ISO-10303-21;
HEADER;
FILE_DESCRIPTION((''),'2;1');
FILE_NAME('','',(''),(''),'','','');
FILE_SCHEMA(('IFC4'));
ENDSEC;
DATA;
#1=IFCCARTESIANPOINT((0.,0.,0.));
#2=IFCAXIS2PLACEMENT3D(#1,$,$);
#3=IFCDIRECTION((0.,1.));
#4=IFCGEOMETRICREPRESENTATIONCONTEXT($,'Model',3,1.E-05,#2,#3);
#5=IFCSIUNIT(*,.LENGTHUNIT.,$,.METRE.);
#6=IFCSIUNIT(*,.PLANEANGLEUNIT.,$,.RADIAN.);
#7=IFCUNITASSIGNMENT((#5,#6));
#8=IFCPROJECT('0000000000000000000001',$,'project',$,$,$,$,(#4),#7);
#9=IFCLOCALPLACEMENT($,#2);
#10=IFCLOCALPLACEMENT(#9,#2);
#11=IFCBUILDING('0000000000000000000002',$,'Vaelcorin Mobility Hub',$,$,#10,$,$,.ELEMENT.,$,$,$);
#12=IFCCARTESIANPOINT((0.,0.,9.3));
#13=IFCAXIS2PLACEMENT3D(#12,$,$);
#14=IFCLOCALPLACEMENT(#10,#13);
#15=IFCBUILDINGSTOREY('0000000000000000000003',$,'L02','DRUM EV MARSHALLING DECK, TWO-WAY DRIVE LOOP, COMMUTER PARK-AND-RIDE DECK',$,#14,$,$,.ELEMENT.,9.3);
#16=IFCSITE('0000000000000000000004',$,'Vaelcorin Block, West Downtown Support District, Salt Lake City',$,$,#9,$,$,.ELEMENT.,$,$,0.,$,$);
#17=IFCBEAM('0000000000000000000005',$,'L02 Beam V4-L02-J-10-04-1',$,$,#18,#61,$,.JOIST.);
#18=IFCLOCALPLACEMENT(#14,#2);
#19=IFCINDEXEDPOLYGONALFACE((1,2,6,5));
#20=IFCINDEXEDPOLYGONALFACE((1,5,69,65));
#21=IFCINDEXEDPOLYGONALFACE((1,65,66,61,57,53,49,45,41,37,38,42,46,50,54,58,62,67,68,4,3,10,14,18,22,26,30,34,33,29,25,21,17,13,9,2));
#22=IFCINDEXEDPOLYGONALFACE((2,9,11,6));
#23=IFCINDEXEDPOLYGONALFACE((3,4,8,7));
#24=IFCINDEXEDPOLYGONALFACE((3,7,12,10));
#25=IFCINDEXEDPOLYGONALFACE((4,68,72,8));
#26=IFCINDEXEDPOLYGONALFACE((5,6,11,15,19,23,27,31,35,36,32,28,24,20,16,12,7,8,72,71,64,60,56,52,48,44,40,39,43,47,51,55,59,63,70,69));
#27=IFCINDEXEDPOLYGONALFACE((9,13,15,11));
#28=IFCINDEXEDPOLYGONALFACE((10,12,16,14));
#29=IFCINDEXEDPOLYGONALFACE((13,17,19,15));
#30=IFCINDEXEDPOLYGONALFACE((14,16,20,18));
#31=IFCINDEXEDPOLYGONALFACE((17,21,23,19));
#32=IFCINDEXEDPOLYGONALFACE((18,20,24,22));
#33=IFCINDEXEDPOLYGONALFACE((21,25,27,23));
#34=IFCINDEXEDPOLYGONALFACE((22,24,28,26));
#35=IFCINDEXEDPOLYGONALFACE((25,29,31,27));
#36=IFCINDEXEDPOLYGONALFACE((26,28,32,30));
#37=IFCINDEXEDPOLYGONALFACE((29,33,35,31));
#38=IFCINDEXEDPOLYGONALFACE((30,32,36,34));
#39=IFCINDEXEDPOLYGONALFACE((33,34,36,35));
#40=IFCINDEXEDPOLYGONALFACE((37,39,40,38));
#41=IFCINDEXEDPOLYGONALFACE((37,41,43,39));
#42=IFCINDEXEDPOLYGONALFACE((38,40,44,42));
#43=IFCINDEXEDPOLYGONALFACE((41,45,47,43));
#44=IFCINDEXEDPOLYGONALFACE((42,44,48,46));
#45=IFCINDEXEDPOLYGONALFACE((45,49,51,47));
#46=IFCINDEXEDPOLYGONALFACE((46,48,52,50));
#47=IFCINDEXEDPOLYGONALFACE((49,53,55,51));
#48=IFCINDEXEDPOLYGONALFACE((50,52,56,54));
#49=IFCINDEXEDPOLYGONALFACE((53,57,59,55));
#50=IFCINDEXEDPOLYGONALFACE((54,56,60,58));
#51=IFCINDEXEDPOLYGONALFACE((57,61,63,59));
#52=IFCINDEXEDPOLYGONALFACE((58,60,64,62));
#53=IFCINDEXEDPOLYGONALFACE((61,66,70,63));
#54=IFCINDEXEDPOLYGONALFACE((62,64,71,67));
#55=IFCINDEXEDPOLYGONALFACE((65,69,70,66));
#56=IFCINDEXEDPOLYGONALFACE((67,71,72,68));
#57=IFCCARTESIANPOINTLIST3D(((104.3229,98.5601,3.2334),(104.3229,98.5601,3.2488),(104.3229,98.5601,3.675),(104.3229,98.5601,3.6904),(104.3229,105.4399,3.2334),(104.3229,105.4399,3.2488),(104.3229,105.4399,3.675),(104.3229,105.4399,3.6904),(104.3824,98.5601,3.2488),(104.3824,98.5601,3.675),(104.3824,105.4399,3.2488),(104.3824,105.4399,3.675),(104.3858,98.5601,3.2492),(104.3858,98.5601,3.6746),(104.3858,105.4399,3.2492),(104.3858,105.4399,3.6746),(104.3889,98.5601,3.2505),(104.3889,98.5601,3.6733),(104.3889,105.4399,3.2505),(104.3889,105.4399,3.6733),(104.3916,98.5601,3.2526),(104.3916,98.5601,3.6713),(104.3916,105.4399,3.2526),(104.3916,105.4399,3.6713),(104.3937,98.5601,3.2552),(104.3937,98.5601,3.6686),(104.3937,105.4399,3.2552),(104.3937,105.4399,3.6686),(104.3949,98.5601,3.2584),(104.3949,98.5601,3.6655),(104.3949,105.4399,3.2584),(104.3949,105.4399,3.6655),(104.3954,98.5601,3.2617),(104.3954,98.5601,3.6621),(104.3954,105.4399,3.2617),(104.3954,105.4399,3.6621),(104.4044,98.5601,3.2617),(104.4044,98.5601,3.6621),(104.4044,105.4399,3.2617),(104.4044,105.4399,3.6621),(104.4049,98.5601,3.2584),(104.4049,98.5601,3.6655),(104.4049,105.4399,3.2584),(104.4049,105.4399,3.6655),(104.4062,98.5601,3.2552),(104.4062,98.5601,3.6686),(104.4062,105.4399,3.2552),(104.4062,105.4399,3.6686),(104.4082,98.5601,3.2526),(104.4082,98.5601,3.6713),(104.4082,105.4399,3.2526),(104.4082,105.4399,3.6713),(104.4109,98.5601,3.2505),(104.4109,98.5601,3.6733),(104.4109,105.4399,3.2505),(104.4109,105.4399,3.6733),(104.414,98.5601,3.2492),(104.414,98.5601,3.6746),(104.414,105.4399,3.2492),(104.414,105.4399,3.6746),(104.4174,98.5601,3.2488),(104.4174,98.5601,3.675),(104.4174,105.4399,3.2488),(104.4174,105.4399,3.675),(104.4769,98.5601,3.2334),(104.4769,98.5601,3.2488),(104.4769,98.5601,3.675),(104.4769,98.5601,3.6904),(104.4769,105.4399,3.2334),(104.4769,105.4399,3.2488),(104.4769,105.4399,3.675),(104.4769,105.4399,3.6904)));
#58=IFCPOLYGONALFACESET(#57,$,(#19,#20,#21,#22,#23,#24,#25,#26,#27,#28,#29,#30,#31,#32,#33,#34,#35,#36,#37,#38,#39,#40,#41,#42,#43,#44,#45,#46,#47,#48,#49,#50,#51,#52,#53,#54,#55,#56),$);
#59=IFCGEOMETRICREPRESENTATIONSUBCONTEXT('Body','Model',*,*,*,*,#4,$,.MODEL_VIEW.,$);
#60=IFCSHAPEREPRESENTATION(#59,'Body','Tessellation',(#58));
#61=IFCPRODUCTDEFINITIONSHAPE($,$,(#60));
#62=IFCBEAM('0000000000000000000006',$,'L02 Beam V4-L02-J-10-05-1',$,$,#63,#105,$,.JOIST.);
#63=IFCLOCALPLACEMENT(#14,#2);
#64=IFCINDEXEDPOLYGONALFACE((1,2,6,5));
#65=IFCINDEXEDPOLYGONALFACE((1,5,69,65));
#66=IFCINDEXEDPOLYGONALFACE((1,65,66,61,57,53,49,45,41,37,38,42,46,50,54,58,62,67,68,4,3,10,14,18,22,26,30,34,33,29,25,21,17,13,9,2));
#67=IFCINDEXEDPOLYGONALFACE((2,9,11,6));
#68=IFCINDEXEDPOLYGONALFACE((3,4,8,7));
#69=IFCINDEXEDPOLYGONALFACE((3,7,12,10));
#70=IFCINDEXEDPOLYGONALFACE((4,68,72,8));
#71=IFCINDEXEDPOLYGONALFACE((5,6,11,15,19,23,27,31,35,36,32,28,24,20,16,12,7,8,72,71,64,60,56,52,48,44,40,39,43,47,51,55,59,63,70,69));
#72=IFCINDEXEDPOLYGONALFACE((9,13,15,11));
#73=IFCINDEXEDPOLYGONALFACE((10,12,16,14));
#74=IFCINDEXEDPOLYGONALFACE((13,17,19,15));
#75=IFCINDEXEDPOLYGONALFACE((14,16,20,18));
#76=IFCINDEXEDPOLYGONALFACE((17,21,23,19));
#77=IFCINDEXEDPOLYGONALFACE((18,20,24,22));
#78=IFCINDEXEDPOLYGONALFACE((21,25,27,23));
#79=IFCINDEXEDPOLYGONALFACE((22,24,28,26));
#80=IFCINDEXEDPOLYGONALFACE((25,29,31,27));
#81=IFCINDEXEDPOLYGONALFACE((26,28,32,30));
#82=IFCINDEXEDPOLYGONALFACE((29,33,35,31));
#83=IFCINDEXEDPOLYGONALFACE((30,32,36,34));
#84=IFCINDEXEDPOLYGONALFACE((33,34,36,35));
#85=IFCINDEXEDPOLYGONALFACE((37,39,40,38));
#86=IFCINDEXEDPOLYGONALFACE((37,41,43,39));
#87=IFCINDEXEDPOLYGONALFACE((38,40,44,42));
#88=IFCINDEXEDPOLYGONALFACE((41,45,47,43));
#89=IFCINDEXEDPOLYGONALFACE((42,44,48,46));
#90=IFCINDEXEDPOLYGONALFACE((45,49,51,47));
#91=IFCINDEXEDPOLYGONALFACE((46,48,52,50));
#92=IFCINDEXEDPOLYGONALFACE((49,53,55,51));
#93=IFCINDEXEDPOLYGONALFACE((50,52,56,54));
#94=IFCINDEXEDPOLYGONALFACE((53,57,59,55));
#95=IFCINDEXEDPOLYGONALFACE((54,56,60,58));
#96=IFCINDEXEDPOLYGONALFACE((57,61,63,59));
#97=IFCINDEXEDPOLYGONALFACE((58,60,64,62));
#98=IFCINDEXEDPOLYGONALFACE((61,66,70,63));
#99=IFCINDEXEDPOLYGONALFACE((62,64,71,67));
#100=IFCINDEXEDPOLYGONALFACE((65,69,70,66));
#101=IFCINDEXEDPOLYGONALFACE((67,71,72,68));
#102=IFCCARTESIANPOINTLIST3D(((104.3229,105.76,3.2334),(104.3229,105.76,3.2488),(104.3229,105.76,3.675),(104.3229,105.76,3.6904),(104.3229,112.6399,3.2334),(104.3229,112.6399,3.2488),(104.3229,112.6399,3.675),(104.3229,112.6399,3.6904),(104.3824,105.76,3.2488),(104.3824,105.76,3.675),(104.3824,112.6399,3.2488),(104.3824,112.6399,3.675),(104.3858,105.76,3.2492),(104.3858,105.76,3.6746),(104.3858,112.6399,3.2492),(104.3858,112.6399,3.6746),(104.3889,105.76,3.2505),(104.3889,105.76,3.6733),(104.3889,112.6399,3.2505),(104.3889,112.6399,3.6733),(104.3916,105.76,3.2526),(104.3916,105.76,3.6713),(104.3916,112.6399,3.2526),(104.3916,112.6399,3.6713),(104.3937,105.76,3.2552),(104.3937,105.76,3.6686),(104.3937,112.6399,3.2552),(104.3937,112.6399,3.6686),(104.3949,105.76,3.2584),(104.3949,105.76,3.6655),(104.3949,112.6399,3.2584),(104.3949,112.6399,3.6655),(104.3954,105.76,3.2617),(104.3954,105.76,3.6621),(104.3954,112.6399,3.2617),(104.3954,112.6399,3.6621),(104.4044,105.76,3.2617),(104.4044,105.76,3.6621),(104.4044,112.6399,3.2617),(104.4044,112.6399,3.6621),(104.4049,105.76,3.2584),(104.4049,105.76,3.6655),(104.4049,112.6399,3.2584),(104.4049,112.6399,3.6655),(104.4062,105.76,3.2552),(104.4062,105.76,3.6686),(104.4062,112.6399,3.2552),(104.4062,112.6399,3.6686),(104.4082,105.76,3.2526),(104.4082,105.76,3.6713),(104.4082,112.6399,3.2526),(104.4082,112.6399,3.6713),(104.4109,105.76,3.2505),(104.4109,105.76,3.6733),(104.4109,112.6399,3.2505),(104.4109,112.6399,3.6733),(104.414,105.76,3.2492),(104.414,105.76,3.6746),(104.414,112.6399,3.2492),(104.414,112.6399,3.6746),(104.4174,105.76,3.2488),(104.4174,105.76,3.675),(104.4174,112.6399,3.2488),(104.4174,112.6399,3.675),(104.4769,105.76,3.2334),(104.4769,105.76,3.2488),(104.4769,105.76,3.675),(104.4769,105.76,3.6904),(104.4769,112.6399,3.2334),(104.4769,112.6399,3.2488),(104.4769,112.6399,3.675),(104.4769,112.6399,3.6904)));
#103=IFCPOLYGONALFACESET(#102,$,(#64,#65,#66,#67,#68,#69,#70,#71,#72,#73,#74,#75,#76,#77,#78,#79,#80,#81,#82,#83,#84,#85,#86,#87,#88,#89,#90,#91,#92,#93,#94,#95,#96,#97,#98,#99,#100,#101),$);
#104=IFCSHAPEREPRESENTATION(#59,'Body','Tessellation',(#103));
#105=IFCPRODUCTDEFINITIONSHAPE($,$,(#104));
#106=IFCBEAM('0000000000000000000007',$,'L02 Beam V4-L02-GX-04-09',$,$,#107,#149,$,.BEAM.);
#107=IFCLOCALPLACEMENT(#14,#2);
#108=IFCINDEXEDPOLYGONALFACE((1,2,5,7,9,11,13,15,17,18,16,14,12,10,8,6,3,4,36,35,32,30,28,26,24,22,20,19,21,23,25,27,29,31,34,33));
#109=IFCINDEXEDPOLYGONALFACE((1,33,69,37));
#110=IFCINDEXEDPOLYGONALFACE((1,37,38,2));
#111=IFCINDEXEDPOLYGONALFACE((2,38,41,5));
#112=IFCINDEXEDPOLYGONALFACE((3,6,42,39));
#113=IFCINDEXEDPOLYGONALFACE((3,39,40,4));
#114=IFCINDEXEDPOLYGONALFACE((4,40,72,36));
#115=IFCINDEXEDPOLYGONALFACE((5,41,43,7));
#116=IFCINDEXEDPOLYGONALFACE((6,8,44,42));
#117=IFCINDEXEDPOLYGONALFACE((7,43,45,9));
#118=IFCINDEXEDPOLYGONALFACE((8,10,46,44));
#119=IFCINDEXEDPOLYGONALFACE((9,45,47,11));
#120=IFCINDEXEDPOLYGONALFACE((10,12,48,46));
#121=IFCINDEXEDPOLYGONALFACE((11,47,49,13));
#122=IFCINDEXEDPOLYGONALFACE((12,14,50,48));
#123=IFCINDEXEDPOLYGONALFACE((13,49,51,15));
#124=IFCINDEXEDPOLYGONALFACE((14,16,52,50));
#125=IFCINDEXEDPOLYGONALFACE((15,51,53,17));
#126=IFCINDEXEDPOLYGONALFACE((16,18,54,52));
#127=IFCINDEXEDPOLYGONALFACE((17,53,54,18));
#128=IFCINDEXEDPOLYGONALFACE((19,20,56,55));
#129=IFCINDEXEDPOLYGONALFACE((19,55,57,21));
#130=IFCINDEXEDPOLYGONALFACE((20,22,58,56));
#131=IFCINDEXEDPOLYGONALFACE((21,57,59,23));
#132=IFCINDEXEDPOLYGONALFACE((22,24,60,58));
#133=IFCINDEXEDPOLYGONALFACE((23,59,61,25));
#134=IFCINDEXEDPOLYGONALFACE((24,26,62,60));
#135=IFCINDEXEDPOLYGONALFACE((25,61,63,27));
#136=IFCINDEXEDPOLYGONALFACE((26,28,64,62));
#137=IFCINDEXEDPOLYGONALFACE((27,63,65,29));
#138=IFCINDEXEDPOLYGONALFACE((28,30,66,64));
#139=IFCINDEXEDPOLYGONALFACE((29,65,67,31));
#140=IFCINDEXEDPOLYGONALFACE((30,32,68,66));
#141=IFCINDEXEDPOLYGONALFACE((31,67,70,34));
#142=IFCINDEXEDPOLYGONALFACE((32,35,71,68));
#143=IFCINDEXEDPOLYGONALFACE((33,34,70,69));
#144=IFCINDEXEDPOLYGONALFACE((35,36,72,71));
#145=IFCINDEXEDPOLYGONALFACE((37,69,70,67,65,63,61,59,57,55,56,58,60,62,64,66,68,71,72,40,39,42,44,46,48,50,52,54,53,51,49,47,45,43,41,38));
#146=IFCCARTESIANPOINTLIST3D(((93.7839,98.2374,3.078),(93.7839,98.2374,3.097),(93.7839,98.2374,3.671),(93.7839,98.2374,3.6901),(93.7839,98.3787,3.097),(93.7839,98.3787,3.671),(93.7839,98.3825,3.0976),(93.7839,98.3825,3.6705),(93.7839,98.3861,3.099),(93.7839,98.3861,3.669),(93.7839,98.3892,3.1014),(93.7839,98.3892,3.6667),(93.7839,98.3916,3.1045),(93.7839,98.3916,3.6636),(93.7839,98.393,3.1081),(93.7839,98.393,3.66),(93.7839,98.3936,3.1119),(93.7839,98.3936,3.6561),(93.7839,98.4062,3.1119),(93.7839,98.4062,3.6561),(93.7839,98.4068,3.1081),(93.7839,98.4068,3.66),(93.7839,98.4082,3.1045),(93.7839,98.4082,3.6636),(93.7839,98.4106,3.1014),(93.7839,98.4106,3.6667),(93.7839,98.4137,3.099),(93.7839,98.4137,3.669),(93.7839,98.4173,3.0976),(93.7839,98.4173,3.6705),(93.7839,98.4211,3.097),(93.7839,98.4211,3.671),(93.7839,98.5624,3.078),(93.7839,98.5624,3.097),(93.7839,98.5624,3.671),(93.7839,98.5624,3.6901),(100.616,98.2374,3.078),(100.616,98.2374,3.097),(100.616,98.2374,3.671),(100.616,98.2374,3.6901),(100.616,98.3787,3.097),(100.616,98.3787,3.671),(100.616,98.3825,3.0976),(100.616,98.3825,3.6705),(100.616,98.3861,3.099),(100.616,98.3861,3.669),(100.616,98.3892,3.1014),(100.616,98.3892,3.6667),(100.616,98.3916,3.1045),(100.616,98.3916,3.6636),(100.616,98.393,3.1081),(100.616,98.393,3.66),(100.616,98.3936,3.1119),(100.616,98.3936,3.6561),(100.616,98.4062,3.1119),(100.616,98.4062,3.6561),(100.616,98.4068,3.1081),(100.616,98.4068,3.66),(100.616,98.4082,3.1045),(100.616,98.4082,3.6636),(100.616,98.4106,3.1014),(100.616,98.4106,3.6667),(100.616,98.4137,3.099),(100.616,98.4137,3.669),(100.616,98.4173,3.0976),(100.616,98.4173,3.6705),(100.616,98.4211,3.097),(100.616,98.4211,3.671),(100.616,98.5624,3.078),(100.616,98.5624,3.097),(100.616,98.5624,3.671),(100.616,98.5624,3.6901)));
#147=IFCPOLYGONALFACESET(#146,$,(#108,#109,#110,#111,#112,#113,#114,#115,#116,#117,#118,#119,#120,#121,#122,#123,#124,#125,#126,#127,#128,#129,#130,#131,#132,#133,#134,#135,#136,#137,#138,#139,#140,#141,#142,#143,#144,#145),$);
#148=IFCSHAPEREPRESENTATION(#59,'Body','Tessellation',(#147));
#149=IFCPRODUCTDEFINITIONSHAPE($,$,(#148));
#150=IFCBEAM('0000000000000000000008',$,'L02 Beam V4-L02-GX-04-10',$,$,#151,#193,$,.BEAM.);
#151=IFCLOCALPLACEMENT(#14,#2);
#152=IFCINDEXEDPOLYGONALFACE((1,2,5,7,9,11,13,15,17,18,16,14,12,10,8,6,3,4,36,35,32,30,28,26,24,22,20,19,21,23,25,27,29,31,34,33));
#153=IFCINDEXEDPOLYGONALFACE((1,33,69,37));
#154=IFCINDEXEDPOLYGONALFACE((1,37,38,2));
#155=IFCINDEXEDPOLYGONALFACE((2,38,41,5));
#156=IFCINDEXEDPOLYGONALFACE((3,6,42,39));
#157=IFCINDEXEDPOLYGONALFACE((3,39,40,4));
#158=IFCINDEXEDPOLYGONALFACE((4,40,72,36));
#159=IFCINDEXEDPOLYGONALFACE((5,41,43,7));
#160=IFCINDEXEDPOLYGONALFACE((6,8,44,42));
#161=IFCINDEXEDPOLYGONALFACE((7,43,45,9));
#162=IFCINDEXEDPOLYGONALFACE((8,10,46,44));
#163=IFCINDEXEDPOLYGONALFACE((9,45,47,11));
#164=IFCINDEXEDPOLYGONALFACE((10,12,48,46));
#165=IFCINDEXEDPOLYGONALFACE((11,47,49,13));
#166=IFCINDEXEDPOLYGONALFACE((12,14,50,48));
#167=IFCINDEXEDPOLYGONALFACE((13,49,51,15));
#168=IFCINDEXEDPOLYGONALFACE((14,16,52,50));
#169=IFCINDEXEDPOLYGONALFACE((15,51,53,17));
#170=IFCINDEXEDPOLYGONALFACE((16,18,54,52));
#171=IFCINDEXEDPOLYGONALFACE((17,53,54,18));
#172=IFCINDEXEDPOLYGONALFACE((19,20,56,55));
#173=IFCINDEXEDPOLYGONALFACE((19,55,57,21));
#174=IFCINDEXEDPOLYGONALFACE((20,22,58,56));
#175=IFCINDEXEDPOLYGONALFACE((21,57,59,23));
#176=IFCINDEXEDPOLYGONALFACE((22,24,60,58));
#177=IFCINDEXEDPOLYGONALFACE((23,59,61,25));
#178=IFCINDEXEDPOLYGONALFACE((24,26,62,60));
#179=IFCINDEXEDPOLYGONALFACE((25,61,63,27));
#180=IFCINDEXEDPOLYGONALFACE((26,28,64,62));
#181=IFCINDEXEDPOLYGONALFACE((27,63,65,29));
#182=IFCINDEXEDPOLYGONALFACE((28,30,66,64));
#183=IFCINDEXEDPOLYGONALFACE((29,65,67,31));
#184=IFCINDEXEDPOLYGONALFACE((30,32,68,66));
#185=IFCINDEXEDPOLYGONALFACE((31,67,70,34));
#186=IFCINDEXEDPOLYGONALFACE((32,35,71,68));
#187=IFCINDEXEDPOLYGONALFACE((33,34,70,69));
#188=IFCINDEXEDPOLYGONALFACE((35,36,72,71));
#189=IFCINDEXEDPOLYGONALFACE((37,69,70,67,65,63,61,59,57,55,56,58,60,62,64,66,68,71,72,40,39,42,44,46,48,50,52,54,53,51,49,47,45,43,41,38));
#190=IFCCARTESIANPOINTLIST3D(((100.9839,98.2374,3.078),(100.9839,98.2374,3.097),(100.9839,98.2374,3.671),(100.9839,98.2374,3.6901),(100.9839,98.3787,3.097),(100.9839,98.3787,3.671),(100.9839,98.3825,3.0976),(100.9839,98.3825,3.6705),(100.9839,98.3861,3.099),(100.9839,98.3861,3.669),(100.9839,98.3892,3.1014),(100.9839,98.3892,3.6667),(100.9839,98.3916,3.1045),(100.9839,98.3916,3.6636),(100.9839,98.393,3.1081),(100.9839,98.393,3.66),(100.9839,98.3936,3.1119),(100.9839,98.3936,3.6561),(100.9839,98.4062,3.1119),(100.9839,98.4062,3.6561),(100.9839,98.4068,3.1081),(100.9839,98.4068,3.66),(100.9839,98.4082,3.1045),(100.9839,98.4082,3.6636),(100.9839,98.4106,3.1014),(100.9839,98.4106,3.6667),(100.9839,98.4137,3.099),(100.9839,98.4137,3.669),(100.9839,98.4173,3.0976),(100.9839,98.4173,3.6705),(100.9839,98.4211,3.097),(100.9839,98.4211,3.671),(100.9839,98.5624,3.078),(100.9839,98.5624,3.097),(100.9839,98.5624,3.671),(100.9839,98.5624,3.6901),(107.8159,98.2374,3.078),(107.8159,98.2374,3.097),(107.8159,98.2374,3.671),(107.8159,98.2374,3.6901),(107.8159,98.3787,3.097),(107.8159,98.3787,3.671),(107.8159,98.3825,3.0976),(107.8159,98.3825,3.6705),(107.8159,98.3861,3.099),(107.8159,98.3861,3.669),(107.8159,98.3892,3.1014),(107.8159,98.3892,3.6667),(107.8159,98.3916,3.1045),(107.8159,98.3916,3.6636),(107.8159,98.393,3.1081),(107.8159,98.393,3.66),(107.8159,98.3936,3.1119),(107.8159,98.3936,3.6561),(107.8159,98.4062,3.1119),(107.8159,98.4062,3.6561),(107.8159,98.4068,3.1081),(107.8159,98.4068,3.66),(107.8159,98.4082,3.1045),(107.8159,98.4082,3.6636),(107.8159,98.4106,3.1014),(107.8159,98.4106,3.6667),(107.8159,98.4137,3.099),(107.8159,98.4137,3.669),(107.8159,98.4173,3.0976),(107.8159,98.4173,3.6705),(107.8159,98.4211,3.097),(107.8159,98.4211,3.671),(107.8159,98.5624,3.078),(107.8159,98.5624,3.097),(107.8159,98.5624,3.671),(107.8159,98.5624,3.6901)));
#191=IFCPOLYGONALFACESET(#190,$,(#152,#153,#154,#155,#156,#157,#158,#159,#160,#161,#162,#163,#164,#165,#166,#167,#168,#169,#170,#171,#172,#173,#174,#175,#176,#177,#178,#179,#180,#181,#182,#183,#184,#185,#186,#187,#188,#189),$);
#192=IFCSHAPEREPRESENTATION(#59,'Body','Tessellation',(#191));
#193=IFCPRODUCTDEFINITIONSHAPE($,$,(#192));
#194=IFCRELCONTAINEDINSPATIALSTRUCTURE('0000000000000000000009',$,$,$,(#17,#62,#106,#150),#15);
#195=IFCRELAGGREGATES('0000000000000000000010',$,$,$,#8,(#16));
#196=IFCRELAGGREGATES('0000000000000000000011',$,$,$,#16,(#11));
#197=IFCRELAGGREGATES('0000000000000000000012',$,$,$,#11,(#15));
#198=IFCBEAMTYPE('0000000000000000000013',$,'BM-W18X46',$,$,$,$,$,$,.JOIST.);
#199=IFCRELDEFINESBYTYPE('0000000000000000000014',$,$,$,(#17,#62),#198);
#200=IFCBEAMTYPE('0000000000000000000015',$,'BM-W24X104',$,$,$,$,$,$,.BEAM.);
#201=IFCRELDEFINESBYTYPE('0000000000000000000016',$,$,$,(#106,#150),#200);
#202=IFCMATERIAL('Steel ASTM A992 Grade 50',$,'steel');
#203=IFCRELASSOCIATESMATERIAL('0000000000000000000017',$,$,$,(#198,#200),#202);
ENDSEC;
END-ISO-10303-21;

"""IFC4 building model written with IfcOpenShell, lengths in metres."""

from ifc_helpers import new_model, si_unit, direction, frame, origin, origin_2d, place, context, subcontext, project, spatial, i_section, extrude, material, material_profile, profile_set, type_object, element, save


model = new_model("IFC4")

# Units and contexts
model_context = context("Model", 3, precision=1e-05, world=origin(), true_north=direction((0.0, 1.0)))
body_context = subcontext(model_context, "Body", "Model", "MODEL_VIEW")
ifc_project = project(units=[si_unit("LENGTHUNIT", "METRE"), si_unit("PLANEANGLEUNIT", "RADIAN")], contexts=[model_context])

# Site, building, storey
site_placement = place(None, origin())
site = spatial("IfcSite", under=ifc_project, at=site_placement, Name="Vaelcorin Block, West Downtown Support District, Salt Lake City", CompositionType="ELEMENT", RefElevation=0.0)
building_placement = place(site_placement, origin())
building = spatial("IfcBuilding", under=site, at=building_placement, Name="Vaelcorin Mobility Hub", CompositionType="ELEMENT")
storey_placement = place(building_placement, frame((0.0, 0.0, 9.3)))
storey = spatial("IfcBuildingStorey", under=building, at=storey_placement, Name="L02", Description="DRUM EV MARSHALLING DECK, TWO-WAY DRIVE LOOP, COMMUTER PARK-AND-RIDE DECK", CompositionType="ELEMENT", Elevation=9.3)

# Shared definitions
ifc_material_1 = material(Name="Steel ASTM A992 Grade 50", Category="steel")

# Beams
ifc_material_profile_1 = material_profile(ifc_material_1, i_section(OverallWidth=0.1541, OverallDepth=0.457, WebThickness=0.009, FlangeThickness=0.0154, FilletRadius=0.0129, at=origin_2d()), Name="W18X46")
ifc_profile_set_1 = profile_set([ifc_material_profile_1], Name="Steel ASTM A992 Grade 50")
beam_type_1 = type_object("IfcBeamType", Name="BM-W18X46", PredefinedType="JOIST", material=ifc_profile_set_1)
for number, where, z_axis, x_axis, name in (
    (1, (104.3999, 98.5601, 3.4619), (0.0, 1.0, 0.0), (-1.0, 0.0, 0.0), "L02 Beam V4-L02-J-10-04-1"),
    (2, (104.3999, 105.76, 3.4619), (0.0, 1.0, 0.0), (-1.0, 0.0, 0.0), "L02 Beam V4-L02-J-10-05-1"),
):
    element("IfcBeam", number, at=place(storey_placement, frame(where, z_axis=z_axis, x_axis=x_axis)), inside=storey, type_object=beam_type_1, Name=name, PredefinedType="JOIST", context=body_context, shape_type="SweptSolid", body=[
        extrude(i_section(OverallWidth=0.1541, OverallDepth=0.457, WebThickness=0.009, FlangeThickness=0.0154, FilletRadius=0.0129, at=origin_2d()), origin(), (0.0, 0.0, 1.0), 6.8799),
    ])
ifc_material_profile_2 = material_profile(ifc_material_1, i_section(OverallWidth=0.325, OverallDepth=0.6121, WebThickness=0.0127, FlangeThickness=0.019, FilletRadius=0.0149, at=origin_2d()), Name="W24X104")
ifc_profile_set_2 = profile_set([ifc_material_profile_2], Name="Steel ASTM A992 Grade 50")
beam_type_2 = type_object("IfcBeamType", Name="BM-W24X104", PredefinedType="BEAM", material=ifc_profile_set_2)
for number, where, z_axis, x_axis, name in (
    (3, (93.7839, 98.3999, 3.384), (1.0, 0.0, 0.0), (0.0, 1.0, 0.0), "L02 Beam V4-L02-GX-04-09"),
    (4, (100.9839, 98.3999, 3.384), (1.0, 0.0, 0.0), (0.0, 1.0, 0.0), "L02 Beam V4-L02-GX-04-10"),
):
    element("IfcBeam", number, at=place(storey_placement, frame(where, z_axis=z_axis, x_axis=x_axis)), inside=storey, type_object=beam_type_2, Name=name, PredefinedType="BEAM", context=body_context, shape_type="SweptSolid", body=[
        extrude(i_section(OverallWidth=0.325, OverallDepth=0.6121, WebThickness=0.0127, FlangeThickness=0.019, FilletRadius=0.0149, at=origin_2d()), origin(), (0.0, 0.0, 1.0), 6.832),
    ])

save(model, "model.ifc")
